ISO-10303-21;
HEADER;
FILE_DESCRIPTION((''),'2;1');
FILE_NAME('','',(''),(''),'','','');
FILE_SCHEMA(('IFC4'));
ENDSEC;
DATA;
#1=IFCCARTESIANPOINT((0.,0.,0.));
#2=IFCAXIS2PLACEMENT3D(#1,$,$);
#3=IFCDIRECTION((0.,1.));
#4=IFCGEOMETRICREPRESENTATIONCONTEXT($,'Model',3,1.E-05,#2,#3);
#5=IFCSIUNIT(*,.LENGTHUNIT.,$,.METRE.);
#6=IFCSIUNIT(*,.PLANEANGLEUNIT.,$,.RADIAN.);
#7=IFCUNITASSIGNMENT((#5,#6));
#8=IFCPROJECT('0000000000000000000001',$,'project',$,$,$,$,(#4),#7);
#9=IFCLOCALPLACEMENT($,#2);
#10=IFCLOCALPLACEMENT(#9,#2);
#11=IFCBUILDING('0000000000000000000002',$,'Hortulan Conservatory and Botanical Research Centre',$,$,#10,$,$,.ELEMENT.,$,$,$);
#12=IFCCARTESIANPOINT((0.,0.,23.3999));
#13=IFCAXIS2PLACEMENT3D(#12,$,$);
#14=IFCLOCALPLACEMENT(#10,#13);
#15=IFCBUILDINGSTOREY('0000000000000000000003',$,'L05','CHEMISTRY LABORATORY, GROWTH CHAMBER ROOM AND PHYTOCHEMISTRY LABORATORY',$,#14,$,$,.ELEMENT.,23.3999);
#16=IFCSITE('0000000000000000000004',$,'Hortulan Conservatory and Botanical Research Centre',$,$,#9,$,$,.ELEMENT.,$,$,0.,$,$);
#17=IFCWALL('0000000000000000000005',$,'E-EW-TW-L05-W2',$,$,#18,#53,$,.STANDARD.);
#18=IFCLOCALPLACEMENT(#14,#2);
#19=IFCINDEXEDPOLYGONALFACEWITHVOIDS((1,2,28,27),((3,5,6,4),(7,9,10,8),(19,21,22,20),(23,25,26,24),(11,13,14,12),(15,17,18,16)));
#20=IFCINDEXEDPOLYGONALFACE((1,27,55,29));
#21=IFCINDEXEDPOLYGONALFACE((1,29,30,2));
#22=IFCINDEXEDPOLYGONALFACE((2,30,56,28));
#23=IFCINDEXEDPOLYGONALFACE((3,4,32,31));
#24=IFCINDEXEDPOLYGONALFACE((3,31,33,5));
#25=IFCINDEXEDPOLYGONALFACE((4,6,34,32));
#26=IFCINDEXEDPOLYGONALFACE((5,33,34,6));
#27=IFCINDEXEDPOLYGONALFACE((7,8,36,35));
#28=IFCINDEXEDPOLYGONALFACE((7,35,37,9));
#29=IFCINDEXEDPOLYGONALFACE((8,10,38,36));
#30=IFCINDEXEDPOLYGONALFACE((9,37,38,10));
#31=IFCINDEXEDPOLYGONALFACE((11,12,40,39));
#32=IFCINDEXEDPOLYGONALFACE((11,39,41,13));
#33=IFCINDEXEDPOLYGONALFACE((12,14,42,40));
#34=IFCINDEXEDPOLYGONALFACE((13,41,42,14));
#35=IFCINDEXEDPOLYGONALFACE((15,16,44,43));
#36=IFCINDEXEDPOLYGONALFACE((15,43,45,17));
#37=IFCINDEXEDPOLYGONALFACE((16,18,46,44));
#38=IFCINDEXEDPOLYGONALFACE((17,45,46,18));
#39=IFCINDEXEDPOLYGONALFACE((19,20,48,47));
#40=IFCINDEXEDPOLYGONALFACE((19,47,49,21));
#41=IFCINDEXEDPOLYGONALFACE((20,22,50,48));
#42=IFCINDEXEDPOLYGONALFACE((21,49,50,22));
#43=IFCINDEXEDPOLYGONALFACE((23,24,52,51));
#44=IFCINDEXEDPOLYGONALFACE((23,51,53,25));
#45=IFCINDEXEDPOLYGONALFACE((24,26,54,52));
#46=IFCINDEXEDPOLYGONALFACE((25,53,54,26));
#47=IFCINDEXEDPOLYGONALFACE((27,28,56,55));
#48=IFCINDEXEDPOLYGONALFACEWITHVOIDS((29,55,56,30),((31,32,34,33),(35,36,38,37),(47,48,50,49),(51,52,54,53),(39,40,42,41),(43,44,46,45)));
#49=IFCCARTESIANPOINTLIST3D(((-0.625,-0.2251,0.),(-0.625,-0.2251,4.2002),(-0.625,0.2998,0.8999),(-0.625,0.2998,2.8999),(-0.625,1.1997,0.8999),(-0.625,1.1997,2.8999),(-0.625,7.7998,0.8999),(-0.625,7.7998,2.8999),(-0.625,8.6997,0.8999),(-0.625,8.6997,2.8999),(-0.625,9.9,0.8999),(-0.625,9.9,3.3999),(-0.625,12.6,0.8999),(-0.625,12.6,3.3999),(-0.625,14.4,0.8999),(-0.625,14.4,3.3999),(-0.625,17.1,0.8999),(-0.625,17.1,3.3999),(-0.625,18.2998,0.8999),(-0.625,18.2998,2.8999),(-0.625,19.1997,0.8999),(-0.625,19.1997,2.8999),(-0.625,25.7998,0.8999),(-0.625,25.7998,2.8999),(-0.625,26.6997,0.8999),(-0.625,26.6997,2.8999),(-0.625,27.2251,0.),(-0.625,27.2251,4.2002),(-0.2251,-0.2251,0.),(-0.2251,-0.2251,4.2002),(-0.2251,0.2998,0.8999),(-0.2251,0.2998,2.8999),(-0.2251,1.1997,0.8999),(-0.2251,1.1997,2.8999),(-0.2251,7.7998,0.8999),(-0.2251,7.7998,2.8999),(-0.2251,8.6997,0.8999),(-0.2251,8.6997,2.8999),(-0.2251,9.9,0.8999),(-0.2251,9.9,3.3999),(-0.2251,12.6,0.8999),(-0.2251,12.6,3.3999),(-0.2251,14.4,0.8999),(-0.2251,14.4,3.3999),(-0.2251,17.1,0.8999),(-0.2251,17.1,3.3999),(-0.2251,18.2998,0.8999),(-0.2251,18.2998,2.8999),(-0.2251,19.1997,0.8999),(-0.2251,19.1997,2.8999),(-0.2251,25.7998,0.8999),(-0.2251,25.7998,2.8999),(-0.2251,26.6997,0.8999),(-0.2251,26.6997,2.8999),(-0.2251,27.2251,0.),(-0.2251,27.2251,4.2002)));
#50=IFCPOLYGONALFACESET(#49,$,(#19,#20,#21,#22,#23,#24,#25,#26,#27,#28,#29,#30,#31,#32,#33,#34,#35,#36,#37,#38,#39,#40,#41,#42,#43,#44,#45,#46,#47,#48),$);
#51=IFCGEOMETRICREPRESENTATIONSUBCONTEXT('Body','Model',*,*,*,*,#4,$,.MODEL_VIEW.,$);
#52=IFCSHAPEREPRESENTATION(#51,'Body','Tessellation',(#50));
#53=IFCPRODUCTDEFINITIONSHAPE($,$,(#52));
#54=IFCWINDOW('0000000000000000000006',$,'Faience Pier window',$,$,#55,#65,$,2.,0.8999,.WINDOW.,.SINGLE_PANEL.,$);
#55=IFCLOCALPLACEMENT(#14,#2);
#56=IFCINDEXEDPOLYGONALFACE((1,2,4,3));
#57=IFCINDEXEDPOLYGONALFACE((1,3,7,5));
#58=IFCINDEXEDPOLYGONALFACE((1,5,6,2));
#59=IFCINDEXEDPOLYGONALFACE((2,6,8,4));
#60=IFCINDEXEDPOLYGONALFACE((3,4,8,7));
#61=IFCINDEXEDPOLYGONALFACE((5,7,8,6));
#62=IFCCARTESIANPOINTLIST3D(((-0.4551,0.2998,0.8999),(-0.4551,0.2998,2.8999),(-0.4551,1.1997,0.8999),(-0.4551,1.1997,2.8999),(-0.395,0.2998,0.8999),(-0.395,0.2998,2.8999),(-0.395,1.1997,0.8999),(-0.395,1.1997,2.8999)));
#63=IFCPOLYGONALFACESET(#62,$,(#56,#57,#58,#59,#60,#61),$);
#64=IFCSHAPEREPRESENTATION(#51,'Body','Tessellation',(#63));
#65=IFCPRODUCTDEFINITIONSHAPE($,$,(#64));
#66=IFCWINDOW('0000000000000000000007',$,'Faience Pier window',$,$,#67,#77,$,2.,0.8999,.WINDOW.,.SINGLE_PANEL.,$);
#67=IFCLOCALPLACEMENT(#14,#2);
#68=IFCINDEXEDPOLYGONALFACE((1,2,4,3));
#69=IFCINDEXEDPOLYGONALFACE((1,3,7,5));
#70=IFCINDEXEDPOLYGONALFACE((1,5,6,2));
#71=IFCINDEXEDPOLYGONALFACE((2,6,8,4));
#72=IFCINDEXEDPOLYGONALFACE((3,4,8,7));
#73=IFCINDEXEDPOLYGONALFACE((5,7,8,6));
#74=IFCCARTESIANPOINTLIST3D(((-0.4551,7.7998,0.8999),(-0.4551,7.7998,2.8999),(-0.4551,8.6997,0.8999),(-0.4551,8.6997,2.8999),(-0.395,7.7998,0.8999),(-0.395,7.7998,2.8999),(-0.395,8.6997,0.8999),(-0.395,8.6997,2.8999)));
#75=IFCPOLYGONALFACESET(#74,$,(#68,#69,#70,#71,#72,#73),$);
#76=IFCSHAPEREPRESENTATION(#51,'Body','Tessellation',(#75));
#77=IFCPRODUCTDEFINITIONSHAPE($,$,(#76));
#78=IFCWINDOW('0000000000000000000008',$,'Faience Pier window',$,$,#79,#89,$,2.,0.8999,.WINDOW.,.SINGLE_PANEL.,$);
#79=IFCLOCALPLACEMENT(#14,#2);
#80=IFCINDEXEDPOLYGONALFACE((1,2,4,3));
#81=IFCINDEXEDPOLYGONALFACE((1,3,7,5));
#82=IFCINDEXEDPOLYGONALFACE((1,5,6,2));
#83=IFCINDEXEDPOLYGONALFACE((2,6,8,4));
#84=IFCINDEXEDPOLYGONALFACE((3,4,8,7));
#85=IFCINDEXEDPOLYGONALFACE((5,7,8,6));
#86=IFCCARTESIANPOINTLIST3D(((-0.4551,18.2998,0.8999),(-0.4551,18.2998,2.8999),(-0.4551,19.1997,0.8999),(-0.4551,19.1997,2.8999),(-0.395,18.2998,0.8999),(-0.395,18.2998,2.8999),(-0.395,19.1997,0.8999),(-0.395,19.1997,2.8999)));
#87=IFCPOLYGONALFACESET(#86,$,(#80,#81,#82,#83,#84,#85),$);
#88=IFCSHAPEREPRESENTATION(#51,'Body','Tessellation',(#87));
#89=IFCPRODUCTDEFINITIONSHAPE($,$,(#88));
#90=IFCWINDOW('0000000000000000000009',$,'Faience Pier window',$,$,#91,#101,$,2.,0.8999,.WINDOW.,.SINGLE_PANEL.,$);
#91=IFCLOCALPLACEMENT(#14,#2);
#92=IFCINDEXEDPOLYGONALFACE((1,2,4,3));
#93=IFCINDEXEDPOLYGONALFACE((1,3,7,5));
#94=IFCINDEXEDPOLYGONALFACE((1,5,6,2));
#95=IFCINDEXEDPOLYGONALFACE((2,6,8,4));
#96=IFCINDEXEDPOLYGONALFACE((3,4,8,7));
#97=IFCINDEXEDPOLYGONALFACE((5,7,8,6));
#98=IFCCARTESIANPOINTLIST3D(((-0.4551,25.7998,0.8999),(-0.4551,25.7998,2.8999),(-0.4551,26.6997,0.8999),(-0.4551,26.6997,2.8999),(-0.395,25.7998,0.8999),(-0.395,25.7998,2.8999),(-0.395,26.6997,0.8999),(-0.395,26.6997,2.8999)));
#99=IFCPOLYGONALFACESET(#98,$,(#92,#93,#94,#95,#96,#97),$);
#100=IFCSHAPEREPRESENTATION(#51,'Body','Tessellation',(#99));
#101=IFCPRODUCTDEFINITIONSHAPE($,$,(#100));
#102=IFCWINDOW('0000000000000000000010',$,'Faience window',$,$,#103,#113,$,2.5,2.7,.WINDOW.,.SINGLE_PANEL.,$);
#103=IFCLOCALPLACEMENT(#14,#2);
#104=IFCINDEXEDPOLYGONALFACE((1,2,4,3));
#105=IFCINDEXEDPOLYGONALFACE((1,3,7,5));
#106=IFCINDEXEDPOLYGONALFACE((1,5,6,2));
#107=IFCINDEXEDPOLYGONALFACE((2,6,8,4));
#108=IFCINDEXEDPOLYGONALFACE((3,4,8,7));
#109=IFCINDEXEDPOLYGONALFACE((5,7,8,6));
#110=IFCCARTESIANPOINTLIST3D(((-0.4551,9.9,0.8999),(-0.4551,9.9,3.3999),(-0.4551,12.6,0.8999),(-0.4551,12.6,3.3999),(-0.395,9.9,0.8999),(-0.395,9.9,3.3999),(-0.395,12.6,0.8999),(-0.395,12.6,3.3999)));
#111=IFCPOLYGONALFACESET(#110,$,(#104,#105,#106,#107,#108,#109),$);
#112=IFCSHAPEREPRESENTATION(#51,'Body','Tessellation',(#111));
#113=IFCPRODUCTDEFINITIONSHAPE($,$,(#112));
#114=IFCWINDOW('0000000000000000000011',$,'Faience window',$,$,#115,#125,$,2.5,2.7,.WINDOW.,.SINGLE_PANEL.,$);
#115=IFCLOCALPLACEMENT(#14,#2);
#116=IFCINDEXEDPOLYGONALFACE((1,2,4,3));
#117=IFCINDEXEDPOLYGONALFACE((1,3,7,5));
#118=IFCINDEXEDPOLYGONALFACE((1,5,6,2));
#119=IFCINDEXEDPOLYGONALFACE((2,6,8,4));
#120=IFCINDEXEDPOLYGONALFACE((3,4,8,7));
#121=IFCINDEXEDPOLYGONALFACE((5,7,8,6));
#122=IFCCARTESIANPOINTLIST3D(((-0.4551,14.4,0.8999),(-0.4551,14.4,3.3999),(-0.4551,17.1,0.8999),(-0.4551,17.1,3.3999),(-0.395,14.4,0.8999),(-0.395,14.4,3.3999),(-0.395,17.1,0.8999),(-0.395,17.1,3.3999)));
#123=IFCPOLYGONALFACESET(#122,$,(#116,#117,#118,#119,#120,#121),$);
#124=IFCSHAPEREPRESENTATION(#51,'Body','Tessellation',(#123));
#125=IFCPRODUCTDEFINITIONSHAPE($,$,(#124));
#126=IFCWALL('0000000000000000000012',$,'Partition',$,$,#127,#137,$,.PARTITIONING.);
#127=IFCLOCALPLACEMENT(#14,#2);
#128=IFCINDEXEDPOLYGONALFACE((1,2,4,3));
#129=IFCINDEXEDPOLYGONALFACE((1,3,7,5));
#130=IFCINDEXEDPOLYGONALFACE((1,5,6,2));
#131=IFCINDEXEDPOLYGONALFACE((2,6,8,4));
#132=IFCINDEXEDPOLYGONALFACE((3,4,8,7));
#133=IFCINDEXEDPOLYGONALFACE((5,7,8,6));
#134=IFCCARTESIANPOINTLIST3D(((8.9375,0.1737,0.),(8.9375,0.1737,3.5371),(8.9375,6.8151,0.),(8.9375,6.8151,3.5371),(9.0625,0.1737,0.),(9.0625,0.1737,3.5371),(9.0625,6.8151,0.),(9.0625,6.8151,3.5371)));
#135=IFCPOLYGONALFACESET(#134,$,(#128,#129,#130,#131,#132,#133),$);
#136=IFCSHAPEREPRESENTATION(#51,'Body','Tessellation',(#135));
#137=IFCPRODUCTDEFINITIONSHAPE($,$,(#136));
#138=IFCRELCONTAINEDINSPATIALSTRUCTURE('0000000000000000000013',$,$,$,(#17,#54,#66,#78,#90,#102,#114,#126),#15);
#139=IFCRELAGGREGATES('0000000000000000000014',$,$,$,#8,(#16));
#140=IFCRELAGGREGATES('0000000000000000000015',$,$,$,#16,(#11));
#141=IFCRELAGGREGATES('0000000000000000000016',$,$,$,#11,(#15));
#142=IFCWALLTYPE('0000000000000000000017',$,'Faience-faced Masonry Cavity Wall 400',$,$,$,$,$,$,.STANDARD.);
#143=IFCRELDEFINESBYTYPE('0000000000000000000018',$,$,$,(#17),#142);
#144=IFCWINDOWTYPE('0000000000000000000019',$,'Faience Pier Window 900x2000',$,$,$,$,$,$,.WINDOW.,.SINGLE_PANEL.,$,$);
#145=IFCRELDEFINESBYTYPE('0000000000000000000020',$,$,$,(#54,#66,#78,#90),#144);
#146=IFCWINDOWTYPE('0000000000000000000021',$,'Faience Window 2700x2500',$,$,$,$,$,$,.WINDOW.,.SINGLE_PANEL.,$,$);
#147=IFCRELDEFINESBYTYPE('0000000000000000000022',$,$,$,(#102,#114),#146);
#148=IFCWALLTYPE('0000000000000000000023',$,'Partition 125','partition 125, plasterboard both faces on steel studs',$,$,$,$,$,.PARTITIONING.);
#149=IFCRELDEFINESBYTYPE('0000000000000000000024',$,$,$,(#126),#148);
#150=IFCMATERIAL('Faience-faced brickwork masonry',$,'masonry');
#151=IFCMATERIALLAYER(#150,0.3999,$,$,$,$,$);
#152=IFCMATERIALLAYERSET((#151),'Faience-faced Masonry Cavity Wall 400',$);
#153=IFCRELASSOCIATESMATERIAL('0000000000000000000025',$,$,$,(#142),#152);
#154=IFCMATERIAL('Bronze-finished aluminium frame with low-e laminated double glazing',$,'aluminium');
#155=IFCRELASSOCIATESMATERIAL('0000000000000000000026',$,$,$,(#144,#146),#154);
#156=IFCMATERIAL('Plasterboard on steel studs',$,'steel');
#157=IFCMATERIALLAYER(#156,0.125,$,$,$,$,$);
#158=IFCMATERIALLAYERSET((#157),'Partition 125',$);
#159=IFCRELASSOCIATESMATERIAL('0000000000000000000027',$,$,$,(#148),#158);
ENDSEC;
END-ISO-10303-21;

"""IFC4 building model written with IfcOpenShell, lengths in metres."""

from ifc_helpers import new_model, si_unit, direction, frame, frame_2d, origin, place, context, subcontext, project, spatial, rectangle, extrude, material, layer, layer_set, type_object, element, fill, save


model = new_model("IFC4")

# Units and contexts
model_context = context("Model", 3, precision=1e-05, world=origin(), true_north=direction((0.0, 1.0)))
body_context = subcontext(model_context, "Body", "Model", "MODEL_VIEW")
ifc_project = project(units=[si_unit("LENGTHUNIT", "METRE"), si_unit("PLANEANGLEUNIT", "RADIAN")], contexts=[model_context])

# Site, building, storey
site_placement = place(None, origin())
site = spatial("IfcSite", under=ifc_project, at=site_placement, Name="Hortulan Conservatory and Botanical Research Centre", CompositionType="ELEMENT", RefElevation=0.0)
building_placement = place(site_placement, origin())
building = spatial("IfcBuilding", under=site, at=building_placement, Name="Hortulan Conservatory and Botanical Research Centre", CompositionType="ELEMENT")
storey_placement = place(building_placement, frame((0.0, 0.0, 23.3999)))
storey = spatial("IfcBuildingStorey", under=building, at=storey_placement, Name="L05", Description="CHEMISTRY LABORATORY, GROWTH CHAMBER ROOM AND PHYTOCHEMISTRY LABORATORY", CompositionType="ELEMENT", Elevation=23.3999)

# Wall, openings, windows
ifc_material_1 = material(Name="Faience-faced brickwork masonry", Category="masonry")
ifc_layer_1 = layer(ifc_material_1, 0.3999)
ifc_layer_set_1 = layer_set([ifc_layer_1], Name="Faience-faced Masonry Cavity Wall 400")
wall_type_1 = type_object("IfcWallType", Name="Faience-faced Masonry Cavity Wall 400", PredefinedType="STANDARD", material=ifc_layer_set_1)
wall_1_placement = place(storey_placement, frame((-0.425, -0.2251, 0.0), z_axis=(0.0, 0.0, 1.0), x_axis=(0.0, 1.0, 0.0)))
wall_1 = element("IfcWall", 1, at=wall_1_placement, inside=storey, type_object=wall_type_1, Name="E-EW-TW-L05-W2", PredefinedType="STANDARD", context=body_context, shape_type="SweptSolid", body=[
    extrude(rectangle(XDim=27.4502, YDim=0.3999, at=frame_2d((13.7251, 0.0))), origin(), (0.0, 0.0, 1.0), 4.2002),
])
opening_1_placement = place(wall_1_placement, frame((0.5249, 0.0, 0.8999)))
opening_1 = element("IfcOpeningElement", 2, at=opening_1_placement, cuts=wall_1, PredefinedType="OPENING", context=body_context, shape_type="SweptSolid", body=[
    extrude(rectangle(XDim=0.8999, YDim=2.0, at=frame_2d((0.45, 1.0))), frame((0.0, 0.21, 0.0), z_axis=(0.0, -1.0, 0.0), x_axis=(1.0, 0.0, 0.0)), (0.0, 0.0, 1.0), 0.4199),
])
opening_2_placement = place(wall_1_placement, frame((8.0249, 0.0, 0.8999)))
opening_2 = element("IfcOpeningElement", 3, at=opening_2_placement, cuts=wall_1, PredefinedType="OPENING", context=body_context, shape_type="SweptSolid", body=[
    extrude(rectangle(XDim=0.8999, YDim=2.0, at=frame_2d((0.45, 1.0))), frame((0.0, 0.21, 0.0), z_axis=(0.0, -1.0, 0.0), x_axis=(1.0, 0.0, 0.0)), (0.0, 0.0, 1.0), 0.4199),
])
opening_3_placement = place(wall_1_placement, frame((10.125, 0.0, 0.8999)))
opening_3 = element("IfcOpeningElement", 4, at=opening_3_placement, cuts=wall_1, PredefinedType="OPENING", context=body_context, shape_type="SweptSolid", body=[
    extrude(rectangle(XDim=2.7, YDim=2.5, at=frame_2d((1.3501, 1.25))), frame((0.0, 0.21, 0.0), z_axis=(0.0, -1.0, 0.0), x_axis=(1.0, 0.0, 0.0)), (0.0, 0.0, 1.0), 0.4199),
])
opening_4_placement = place(wall_1_placement, frame((14.625, 0.0, 0.8999)))
opening_4 = element("IfcOpeningElement", 5, at=opening_4_placement, cuts=wall_1, PredefinedType="OPENING", context=body_context, shape_type="SweptSolid", body=[
    extrude(rectangle(XDim=2.7, YDim=2.5, at=frame_2d((1.3501, 1.25))), frame((0.0, 0.21, 0.0), z_axis=(0.0, -1.0, 0.0), x_axis=(1.0, 0.0, 0.0)), (0.0, 0.0, 1.0), 0.4199),
])
opening_5_placement = place(wall_1_placement, frame((18.5249, 0.0, 0.8999)))
opening_5 = element("IfcOpeningElement", 6, at=opening_5_placement, cuts=wall_1, PredefinedType="OPENING", context=body_context, shape_type="SweptSolid", body=[
    extrude(rectangle(XDim=0.8999, YDim=2.0, at=frame_2d((0.45, 1.0))), frame((0.0, 0.21, 0.0), z_axis=(0.0, -1.0, 0.0), x_axis=(1.0, 0.0, 0.0)), (0.0, 0.0, 1.0), 0.4199),
])
opening_6_placement = place(wall_1_placement, frame((26.0249, 0.0, 0.8999)))
opening_6 = element("IfcOpeningElement", 7, at=opening_6_placement, cuts=wall_1, PredefinedType="OPENING", context=body_context, shape_type="SweptSolid", body=[
    extrude(rectangle(XDim=0.8999, YDim=2.0, at=frame_2d((0.45, 1.0))), frame((0.0, 0.21, 0.0), z_axis=(0.0, -1.0, 0.0), x_axis=(1.0, 0.0, 0.0)), (0.0, 0.0, 1.0), 0.4199),
])
ifc_material_2 = material(Name="Bronze-finished aluminium frame with low-e laminated double glazing", Category="aluminium")
window_type_1 = type_object("IfcWindowType", Name="Faience Pier Window 900x2000", PartitioningType="SINGLE_PANEL", PredefinedType="WINDOW", material=ifc_material_2)
window_1_placement = place(opening_1_placement, origin())
window_1 = element("IfcWindow", 8, at=window_1_placement, inside=storey, type_object=window_type_1, Name="Faience Pier window", OverallHeight=2.0, OverallWidth=0.8999, PartitioningType="SINGLE_PANEL", PredefinedType="WINDOW", context=body_context, shape_type="SweptSolid", body=[
    extrude(rectangle(XDim=0.8999, YDim=2.0, at=frame_2d((0.45, 1.0))), frame((0.0, 0.03, 0.0), z_axis=(0.0, -1.0, 0.0), x_axis=(1.0, 0.0, 0.0)), (0.0, 0.0, 1.0), 0.0601),
])
fill(opening_1, window_1)
window_2_placement = place(opening_2_placement, origin())
window_2 = element("IfcWindow", 9, at=window_2_placement, inside=storey, type_object=window_type_1, Name="Faience Pier window", OverallHeight=2.0, OverallWidth=0.8999, PartitioningType="SINGLE_PANEL", PredefinedType="WINDOW", context=body_context, shape_type="SweptSolid", body=[
    extrude(rectangle(XDim=0.8999, YDim=2.0, at=frame_2d((0.45, 1.0))), frame((0.0, 0.03, 0.0), z_axis=(0.0, -1.0, 0.0), x_axis=(1.0, 0.0, 0.0)), (0.0, 0.0, 1.0), 0.0601),
])
fill(opening_2, window_2)
window_3_placement = place(opening_5_placement, origin())
window_3 = element("IfcWindow", 10, at=window_3_placement, inside=storey, type_object=window_type_1, Name="Faience Pier window", OverallHeight=2.0, OverallWidth=0.8999, PartitioningType="SINGLE_PANEL", PredefinedType="WINDOW", context=body_context, shape_type="SweptSolid", body=[
    extrude(rectangle(XDim=0.8999, YDim=2.0, at=frame_2d((0.45, 1.0))), frame((0.0, 0.03, 0.0), z_axis=(0.0, -1.0, 0.0), x_axis=(1.0, 0.0, 0.0)), (0.0, 0.0, 1.0), 0.0601),
])
fill(opening_5, window_3)
window_4_placement = place(opening_6_placement, origin())
window_4 = element("IfcWindow", 11, at=window_4_placement, inside=storey, type_object=window_type_1, Name="Faience Pier window", OverallHeight=2.0, OverallWidth=0.8999, PartitioningType="SINGLE_PANEL", PredefinedType="WINDOW", context=body_context, shape_type="SweptSolid", body=[
    extrude(rectangle(XDim=0.8999, YDim=2.0, at=frame_2d((0.45, 1.0))), frame((0.0, 0.03, 0.0), z_axis=(0.0, -1.0, 0.0), x_axis=(1.0, 0.0, 0.0)), (0.0, 0.0, 1.0), 0.0601),
])
fill(opening_6, window_4)
window_type_2 = type_object("IfcWindowType", Name="Faience Window 2700x2500", PartitioningType="SINGLE_PANEL", PredefinedType="WINDOW", material=ifc_material_2)
window_5_placement = place(opening_3_placement, origin())
window_5 = element("IfcWindow", 12, at=window_5_placement, inside=storey, type_object=window_type_2, Name="Faience window", OverallHeight=2.5, OverallWidth=2.7, PartitioningType="SINGLE_PANEL", PredefinedType="WINDOW", context=body_context, shape_type="SweptSolid", body=[
    extrude(rectangle(XDim=2.7, YDim=2.5, at=frame_2d((1.3501, 1.25))), frame((0.0, 0.03, 0.0), z_axis=(0.0, -1.0, 0.0), x_axis=(1.0, 0.0, 0.0)), (0.0, 0.0, 1.0), 0.0601),
])
fill(opening_3, window_5)
window_6_placement = place(opening_4_placement, origin())
window_6 = element("IfcWindow", 13, at=window_6_placement, inside=storey, type_object=window_type_2, Name="Faience window", OverallHeight=2.5, OverallWidth=2.7, PartitioningType="SINGLE_PANEL", PredefinedType="WINDOW", context=body_context, shape_type="SweptSolid", body=[
    extrude(rectangle(XDim=2.7, YDim=2.5, at=frame_2d((1.3501, 1.25))), frame((0.0, 0.03, 0.0), z_axis=(0.0, -1.0, 0.0), x_axis=(1.0, 0.0, 0.0)), (0.0, 0.0, 1.0), 0.0601),
])
fill(opening_4, window_6)

# Wall
ifc_material_3 = material(Name="Plasterboard on steel studs", Category="steel")
ifc_layer_2 = layer(ifc_material_3, 0.125)
ifc_layer_set_2 = layer_set([ifc_layer_2], Name="Partition 125")
wall_type_2 = type_object("IfcWallType", Name="Partition 125", Description="partition 125, plasterboard both faces on steel studs", PredefinedType="PARTITIONING", material=ifc_layer_set_2)
wall_2_placement = place(storey_placement, frame((9.0, 0.1736, 0.0), z_axis=(0.0, 0.0, 1.0), x_axis=(0.0, 1.0, 0.0)))
element("IfcWall", 14, at=wall_2_placement, inside=storey, type_object=wall_type_2, Name="Partition", PredefinedType="PARTITIONING", context=body_context, shape_type="SweptSolid", body=[
    extrude(rectangle(XDim=6.6414, YDim=0.125, at=frame_2d((3.3208, 0.0))), origin(), (0.0, 0.0, 1.0), 3.5371),
])

save(model, "model.ifc")
